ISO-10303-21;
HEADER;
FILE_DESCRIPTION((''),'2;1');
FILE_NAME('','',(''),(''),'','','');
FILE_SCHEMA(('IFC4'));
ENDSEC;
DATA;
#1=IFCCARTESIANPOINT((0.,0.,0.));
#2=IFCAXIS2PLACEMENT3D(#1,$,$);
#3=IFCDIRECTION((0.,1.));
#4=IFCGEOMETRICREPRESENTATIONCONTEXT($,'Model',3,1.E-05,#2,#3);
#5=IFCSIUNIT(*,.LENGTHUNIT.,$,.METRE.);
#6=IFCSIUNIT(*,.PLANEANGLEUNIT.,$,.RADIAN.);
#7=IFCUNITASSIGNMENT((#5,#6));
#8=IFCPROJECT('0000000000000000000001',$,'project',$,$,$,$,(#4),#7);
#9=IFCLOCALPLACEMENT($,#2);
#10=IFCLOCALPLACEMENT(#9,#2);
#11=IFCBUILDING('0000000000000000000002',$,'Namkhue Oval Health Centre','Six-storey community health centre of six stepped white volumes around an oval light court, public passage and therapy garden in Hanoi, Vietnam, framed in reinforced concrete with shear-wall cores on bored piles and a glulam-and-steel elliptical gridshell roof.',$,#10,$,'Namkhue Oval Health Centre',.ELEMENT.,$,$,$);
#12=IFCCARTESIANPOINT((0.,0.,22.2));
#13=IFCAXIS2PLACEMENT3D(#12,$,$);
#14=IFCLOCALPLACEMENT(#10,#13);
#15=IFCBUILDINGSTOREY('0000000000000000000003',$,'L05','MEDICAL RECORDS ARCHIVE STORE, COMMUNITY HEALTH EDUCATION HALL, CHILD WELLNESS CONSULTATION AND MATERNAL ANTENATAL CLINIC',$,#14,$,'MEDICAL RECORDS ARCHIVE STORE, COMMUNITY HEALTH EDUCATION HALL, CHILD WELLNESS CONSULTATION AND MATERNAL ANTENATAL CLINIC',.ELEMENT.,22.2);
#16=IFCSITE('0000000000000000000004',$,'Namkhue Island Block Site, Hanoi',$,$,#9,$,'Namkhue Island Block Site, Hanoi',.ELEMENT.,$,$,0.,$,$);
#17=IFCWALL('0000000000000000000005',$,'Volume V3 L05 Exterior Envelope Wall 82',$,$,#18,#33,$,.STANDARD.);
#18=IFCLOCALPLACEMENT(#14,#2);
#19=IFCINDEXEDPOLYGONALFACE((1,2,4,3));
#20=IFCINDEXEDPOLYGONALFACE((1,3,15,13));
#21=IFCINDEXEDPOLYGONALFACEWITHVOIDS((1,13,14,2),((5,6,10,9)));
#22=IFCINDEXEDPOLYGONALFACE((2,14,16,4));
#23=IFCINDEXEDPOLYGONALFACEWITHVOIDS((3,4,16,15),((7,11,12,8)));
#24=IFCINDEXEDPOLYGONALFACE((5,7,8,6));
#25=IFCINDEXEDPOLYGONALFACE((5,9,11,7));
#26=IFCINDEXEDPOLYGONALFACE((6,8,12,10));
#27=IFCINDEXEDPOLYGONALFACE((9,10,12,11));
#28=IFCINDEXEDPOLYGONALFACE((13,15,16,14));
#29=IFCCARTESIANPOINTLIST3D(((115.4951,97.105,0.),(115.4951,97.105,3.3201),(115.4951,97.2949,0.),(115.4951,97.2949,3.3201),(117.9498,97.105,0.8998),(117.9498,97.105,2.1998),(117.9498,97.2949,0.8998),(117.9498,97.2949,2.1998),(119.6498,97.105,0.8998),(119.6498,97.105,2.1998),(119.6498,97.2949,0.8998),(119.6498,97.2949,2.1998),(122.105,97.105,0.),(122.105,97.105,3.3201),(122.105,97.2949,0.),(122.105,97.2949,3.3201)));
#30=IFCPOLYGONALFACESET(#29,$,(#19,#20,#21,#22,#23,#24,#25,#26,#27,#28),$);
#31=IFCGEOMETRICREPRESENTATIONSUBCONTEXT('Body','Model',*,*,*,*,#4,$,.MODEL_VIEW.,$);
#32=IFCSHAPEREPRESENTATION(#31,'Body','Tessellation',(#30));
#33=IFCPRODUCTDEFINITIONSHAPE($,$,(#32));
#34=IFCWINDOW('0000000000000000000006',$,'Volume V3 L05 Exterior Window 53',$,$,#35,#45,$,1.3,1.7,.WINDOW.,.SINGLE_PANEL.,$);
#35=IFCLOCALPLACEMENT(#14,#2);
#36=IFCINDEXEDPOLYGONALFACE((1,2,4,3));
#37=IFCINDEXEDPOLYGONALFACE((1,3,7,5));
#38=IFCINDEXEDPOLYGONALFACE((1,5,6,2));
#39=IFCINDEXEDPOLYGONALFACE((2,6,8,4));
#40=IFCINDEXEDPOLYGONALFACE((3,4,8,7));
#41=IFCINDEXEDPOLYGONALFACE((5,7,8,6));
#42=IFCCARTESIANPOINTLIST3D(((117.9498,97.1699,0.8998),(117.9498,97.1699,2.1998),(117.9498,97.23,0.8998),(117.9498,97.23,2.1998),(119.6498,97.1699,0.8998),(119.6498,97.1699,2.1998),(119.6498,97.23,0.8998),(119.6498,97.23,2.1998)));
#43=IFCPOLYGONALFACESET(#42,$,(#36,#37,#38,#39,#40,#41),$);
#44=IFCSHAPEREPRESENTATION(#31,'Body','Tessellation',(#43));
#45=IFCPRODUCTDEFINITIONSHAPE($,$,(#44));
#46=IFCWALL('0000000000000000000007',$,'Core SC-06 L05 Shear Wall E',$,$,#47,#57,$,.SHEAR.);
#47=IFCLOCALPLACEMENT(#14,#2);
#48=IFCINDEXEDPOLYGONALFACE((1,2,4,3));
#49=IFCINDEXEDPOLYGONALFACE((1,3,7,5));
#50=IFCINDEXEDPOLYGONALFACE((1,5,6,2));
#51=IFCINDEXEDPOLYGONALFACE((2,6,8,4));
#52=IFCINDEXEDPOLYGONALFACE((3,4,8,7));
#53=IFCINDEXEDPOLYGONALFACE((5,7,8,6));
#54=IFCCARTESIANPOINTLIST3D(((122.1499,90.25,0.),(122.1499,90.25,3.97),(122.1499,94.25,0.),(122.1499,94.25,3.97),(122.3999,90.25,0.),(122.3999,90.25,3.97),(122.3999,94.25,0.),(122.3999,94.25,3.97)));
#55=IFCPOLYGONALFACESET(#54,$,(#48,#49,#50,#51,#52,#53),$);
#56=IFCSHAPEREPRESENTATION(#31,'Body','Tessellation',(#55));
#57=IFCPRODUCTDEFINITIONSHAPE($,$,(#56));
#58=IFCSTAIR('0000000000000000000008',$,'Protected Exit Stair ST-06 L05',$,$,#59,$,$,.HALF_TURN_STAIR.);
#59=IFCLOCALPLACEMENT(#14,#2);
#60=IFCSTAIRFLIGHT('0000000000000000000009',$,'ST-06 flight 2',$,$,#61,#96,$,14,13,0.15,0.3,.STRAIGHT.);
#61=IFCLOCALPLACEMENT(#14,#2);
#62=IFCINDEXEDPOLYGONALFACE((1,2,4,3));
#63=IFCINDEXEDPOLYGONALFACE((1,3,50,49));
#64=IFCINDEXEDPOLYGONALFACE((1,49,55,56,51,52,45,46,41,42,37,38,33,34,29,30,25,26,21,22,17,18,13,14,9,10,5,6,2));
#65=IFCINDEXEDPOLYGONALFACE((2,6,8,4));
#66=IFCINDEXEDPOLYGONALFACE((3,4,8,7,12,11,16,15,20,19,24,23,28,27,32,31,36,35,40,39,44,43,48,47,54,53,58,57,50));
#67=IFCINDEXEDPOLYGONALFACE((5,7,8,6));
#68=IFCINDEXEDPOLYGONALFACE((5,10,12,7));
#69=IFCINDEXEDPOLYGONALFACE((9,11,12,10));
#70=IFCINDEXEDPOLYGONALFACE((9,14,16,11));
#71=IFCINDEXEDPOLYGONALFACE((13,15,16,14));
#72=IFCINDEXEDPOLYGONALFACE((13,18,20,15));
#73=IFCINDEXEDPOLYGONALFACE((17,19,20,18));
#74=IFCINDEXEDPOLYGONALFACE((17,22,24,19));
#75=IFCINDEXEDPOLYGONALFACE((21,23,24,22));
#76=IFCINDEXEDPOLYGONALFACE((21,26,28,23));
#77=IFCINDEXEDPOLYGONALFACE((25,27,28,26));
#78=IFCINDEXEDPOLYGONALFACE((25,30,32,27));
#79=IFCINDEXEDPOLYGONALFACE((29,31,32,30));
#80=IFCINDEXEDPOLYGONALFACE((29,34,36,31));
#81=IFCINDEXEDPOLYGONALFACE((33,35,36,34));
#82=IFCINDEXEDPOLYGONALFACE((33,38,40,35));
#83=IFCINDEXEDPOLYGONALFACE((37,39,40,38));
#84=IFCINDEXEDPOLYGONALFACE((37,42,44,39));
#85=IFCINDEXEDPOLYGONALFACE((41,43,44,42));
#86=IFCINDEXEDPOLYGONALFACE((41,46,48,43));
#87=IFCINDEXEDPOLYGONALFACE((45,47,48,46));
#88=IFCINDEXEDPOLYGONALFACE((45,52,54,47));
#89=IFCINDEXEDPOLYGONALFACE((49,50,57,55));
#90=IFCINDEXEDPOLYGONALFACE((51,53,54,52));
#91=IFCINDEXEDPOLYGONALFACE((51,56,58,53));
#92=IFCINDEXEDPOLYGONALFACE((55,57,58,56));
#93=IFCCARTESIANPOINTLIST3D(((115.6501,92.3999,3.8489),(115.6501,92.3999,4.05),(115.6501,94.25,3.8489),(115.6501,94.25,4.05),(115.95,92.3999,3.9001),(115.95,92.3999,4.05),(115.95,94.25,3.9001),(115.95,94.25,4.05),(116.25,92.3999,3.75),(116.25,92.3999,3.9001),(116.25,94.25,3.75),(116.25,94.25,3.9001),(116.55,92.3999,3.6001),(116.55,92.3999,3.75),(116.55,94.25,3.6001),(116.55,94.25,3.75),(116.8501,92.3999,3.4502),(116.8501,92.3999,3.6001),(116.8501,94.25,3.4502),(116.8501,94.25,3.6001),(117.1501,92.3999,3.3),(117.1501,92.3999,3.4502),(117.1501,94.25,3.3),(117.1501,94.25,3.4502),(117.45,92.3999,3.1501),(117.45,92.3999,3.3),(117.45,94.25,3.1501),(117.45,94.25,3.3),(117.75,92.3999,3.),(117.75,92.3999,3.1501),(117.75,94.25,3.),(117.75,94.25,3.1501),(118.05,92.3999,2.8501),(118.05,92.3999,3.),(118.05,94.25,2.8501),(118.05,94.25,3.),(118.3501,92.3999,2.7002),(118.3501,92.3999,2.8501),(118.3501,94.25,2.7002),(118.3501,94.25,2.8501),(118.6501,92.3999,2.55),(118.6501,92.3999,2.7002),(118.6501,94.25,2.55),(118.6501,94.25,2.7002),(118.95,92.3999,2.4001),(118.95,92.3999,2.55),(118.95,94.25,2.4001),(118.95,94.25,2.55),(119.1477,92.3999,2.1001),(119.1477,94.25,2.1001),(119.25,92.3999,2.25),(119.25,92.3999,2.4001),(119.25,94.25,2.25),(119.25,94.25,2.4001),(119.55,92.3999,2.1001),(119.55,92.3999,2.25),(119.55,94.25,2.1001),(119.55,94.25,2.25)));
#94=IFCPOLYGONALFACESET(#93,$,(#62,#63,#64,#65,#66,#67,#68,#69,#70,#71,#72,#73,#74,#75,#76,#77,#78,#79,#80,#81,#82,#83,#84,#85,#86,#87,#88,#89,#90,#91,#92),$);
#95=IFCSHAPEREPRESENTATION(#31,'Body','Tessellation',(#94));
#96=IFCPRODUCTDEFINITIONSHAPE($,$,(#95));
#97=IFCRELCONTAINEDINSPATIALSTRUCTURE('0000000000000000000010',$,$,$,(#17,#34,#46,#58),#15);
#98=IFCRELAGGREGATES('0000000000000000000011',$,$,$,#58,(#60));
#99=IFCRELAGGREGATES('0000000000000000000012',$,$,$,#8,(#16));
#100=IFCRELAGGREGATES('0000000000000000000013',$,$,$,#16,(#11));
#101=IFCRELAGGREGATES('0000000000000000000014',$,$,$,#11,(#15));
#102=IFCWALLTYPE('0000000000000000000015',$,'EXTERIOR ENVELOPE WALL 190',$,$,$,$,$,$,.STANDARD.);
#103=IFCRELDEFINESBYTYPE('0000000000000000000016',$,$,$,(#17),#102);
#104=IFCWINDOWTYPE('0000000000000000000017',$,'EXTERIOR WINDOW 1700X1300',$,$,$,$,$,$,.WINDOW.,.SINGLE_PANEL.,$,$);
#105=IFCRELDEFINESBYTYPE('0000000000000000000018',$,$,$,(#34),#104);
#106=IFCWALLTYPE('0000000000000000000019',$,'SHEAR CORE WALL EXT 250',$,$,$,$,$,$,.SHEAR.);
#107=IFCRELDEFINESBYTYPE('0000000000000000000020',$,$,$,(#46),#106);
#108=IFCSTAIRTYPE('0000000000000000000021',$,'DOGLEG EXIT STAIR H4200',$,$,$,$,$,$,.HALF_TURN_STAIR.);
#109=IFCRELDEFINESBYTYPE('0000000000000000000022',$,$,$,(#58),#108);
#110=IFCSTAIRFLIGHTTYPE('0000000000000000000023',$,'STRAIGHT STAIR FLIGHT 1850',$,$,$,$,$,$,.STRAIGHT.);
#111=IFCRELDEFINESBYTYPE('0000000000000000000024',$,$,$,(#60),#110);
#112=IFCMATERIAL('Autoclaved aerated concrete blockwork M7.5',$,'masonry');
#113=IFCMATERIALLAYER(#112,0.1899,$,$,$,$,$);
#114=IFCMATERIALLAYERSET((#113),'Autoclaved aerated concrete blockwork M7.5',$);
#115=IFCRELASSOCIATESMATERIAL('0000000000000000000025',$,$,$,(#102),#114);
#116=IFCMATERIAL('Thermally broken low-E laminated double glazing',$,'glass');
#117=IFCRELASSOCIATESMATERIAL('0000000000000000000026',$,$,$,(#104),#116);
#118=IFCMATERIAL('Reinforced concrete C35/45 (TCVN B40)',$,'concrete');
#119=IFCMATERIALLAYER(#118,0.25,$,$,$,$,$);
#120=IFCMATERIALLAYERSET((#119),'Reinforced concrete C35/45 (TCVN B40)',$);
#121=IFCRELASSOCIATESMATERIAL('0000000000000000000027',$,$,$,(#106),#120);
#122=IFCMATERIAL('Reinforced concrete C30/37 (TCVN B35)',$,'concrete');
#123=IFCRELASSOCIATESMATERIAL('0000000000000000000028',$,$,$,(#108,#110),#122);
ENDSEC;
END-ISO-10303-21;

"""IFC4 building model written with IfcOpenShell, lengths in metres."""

from ifc_helpers import new_model, si_unit, direction, frame, frame_2d, origin, place, context, subcontext, project, spatial, polyline, rectangle, outline, extrude, material, layer, layer_set, type_object, element, fill, aggregate, save


model = new_model("IFC4")

# Units and contexts
model_context = context("Model", 3, precision=1e-05, world=origin(), true_north=direction((0.0, 1.0)))
body_context = subcontext(model_context, "Body", "Model", "MODEL_VIEW")
ifc_project = project(units=[si_unit("LENGTHUNIT", "METRE"), si_unit("PLANEANGLEUNIT", "RADIAN")], contexts=[model_context])

# Site, building, storey
site_placement = place(None, origin())
site = spatial("IfcSite", under=ifc_project, at=site_placement, Name="Namkhue Island Block Site, Hanoi", LongName="Namkhue Island Block Site, Hanoi", CompositionType="ELEMENT", RefElevation=0.0)
building_placement = place(site_placement, origin())
building = spatial("IfcBuilding", under=site, at=building_placement, Name="Namkhue Oval Health Centre", Description="Six-storey community health centre of six stepped white volumes around an oval light court, public passage and therapy garden in Hanoi, Vietnam, framed in reinforced concrete with shear-wall cores on bored piles and a glulam-and-steel elliptical gridshell roof.", LongName="Namkhue Oval Health Centre", CompositionType="ELEMENT")
storey_placement = place(building_placement, frame((0.0, 0.0, 22.2)))
storey = spatial("IfcBuildingStorey", under=building, at=storey_placement, Name="L05", Description="MEDICAL RECORDS ARCHIVE STORE, COMMUNITY HEALTH EDUCATION HALL, CHILD WELLNESS CONSULTATION AND MATERNAL ANTENATAL CLINIC", LongName="MEDICAL RECORDS ARCHIVE STORE, COMMUNITY HEALTH EDUCATION HALL, CHILD WELLNESS CONSULTATION AND MATERNAL ANTENATAL CLINIC", CompositionType="ELEMENT", Elevation=22.2)

# Shared definitions
ifc_material_1 = material(Name="Reinforced concrete C35/45 (TCVN B40)", Category="concrete")

# Wall, opening, window
ifc_material_2 = material(Name="Autoclaved aerated concrete blockwork M7.5", Category="masonry")
ifc_layer_1 = layer(ifc_material_2, 0.1899)
ifc_layer_set_1 = layer_set([ifc_layer_1], Name="Autoclaved aerated concrete blockwork M7.5")
wall_type_1 = type_object("IfcWallType", Name="EXTERIOR ENVELOPE WALL 190", PredefinedType="STANDARD", material=ifc_layer_set_1)
wall_1_placement = place(storey_placement, frame((122.105, 97.2, 0.0), z_axis=(0.0, 0.0, 1.0), x_axis=(-1.0, 0.0, 0.0)))
wall_1 = element("IfcWall", 1, at=wall_1_placement, inside=storey, type_object=wall_type_1, Name="Volume V3 L05 Exterior Envelope Wall 82", PredefinedType="STANDARD", context=body_context, shape_type="SweptSolid", body=[
    extrude(rectangle(XDim=6.6099, YDim=0.1899, at=frame_2d((3.3049, 0.0))), origin(), (0.0, 0.0, 1.0), 3.3201),
])
opening_1_placement = place(wall_1_placement, frame((2.4551, 0.0, 0.8999)))
opening_1 = element("IfcOpeningElement", 2, at=opening_1_placement, cuts=wall_1, PredefinedType="OPENING", context=body_context, shape_type="SweptSolid", body=[
    extrude(rectangle(XDim=1.7, YDim=1.3, at=frame_2d((0.8501, 0.6499))), frame((0.0, 0.105, 0.0), z_axis=(0.0, -1.0, 0.0), x_axis=(1.0, 0.0, 0.0)), (0.0, 0.0, 1.0), 0.21),
])
ifc_material_3 = material(Name="Thermally broken low-E laminated double glazing", Category="glass")
window_type = type_object("IfcWindowType", Name="EXTERIOR WINDOW 1700X1300", PartitioningType="SINGLE_PANEL", PredefinedType="WINDOW", material=ifc_material_3)
window_placement = place(opening_1_placement, origin())
window = element("IfcWindow", 3, at=window_placement, inside=storey, type_object=window_type, Name="Volume V3 L05 Exterior Window 53", OverallHeight=1.3, OverallWidth=1.7, PartitioningType="SINGLE_PANEL", PredefinedType="WINDOW", context=body_context, shape_type="SweptSolid", body=[
    extrude(rectangle(XDim=1.7, YDim=1.3, at=frame_2d((0.8501, 0.6499))), frame((0.0, 0.03, 0.0), z_axis=(0.0, -1.0, 0.0), x_axis=(1.0, 0.0, 0.0)), (0.0, 0.0, 1.0), 0.0601),
])
fill(opening_1, window)

# Wall
ifc_layer_2 = layer(ifc_material_1, 0.25)
ifc_layer_set_2 = layer_set([ifc_layer_2], Name="Reinforced concrete C35/45 (TCVN B40)")
wall_type_2 = type_object("IfcWallType", Name="SHEAR CORE WALL EXT 250", PredefinedType="SHEAR", material=ifc_layer_set_2)
wall_2_placement = place(storey_placement, frame((122.2749, 90.25, 0.0), z_axis=(0.0, 0.0, 1.0), x_axis=(0.0, 1.0, 0.0)))
element("IfcWall", 4, at=wall_2_placement, inside=storey, type_object=wall_type_2, Name="Core SC-06 L05 Shear Wall E", PredefinedType="SHEAR", context=body_context, shape_type="SweptSolid", body=[
    extrude(rectangle(XDim=4.0, YDim=0.25, at=frame_2d((2.0, 0.0))), origin(), (0.0, 0.0, 1.0), 3.97),
])

# Stair, stair flight
ifc_material_4 = material(Name="Reinforced concrete C30/37 (TCVN B35)", Category="concrete")
stair_type = type_object("IfcStairType", Name="DOGLEG EXIT STAIR H4200", PredefinedType="HALF_TURN_STAIR", material=ifc_material_4)
stair_placement = place(storey_placement, origin())
stair = element("IfcStair", 5, at=stair_placement, inside=storey, type_object=stair_type, Name="Protected Exit Stair ST-06 L05", PredefinedType="HALF_TURN_STAIR")
stair_flight_type = type_object("IfcStairFlightType", Name="STRAIGHT STAIR FLIGHT 1850", PredefinedType="STRAIGHT", material=ifc_material_4)
stair_flight_placement = place(storey_placement, frame((119.55, 93.325, 2.1001), z_axis=(0.0, 0.0, 1.0), x_axis=(-1.0, 0.0, 0.0)))
stair_flight = element("IfcStairFlight", 6, at=stair_flight_placement, type_object=stair_flight_type, Name="ST-06 flight 2", NumberOfRisers=14, NumberOfTreads=13, PredefinedType="STRAIGHT", RiserHeight=0.15, TreadLength=0.3, context=body_context, shape_type="SweptSolid", body=[
    extrude(outline(polyline([(0.0, 0.0), (0.0, 0.1499), (0.3, 0.1499), (0.3, 0.3), (0.6001, 0.3), (0.6001, 0.45), (0.8999, 0.45), (0.8999, 0.6001), (1.2, 0.6001), (1.2, 0.75), (1.5, 0.75), (1.5, 0.8999), (1.8, 0.8999), (1.8, 1.05), (2.1001, 1.05), (2.1001, 1.2), (2.3999, 1.2), (2.3999, 1.3501), (2.7, 1.3501), (2.7, 1.5), (3.0, 1.5), (3.0, 1.6499), (3.3, 1.6499), (3.3, 1.8), (3.6001, 1.8), (3.6001, 1.95), (3.8999, 1.95), (3.8999, 2.1001), (3.8999, 1.7488), (0.4023, 0.0), (0.0, 0.0)])), frame((0.0, 0.925, 0.0), z_axis=(0.0, -1.0, 0.0), x_axis=(1.0, 0.0, 0.0)), (0.0, 0.0, 1.0), 1.8501),
])
aggregate(stair, [stair_flight])

save(model, "model.ifc")
